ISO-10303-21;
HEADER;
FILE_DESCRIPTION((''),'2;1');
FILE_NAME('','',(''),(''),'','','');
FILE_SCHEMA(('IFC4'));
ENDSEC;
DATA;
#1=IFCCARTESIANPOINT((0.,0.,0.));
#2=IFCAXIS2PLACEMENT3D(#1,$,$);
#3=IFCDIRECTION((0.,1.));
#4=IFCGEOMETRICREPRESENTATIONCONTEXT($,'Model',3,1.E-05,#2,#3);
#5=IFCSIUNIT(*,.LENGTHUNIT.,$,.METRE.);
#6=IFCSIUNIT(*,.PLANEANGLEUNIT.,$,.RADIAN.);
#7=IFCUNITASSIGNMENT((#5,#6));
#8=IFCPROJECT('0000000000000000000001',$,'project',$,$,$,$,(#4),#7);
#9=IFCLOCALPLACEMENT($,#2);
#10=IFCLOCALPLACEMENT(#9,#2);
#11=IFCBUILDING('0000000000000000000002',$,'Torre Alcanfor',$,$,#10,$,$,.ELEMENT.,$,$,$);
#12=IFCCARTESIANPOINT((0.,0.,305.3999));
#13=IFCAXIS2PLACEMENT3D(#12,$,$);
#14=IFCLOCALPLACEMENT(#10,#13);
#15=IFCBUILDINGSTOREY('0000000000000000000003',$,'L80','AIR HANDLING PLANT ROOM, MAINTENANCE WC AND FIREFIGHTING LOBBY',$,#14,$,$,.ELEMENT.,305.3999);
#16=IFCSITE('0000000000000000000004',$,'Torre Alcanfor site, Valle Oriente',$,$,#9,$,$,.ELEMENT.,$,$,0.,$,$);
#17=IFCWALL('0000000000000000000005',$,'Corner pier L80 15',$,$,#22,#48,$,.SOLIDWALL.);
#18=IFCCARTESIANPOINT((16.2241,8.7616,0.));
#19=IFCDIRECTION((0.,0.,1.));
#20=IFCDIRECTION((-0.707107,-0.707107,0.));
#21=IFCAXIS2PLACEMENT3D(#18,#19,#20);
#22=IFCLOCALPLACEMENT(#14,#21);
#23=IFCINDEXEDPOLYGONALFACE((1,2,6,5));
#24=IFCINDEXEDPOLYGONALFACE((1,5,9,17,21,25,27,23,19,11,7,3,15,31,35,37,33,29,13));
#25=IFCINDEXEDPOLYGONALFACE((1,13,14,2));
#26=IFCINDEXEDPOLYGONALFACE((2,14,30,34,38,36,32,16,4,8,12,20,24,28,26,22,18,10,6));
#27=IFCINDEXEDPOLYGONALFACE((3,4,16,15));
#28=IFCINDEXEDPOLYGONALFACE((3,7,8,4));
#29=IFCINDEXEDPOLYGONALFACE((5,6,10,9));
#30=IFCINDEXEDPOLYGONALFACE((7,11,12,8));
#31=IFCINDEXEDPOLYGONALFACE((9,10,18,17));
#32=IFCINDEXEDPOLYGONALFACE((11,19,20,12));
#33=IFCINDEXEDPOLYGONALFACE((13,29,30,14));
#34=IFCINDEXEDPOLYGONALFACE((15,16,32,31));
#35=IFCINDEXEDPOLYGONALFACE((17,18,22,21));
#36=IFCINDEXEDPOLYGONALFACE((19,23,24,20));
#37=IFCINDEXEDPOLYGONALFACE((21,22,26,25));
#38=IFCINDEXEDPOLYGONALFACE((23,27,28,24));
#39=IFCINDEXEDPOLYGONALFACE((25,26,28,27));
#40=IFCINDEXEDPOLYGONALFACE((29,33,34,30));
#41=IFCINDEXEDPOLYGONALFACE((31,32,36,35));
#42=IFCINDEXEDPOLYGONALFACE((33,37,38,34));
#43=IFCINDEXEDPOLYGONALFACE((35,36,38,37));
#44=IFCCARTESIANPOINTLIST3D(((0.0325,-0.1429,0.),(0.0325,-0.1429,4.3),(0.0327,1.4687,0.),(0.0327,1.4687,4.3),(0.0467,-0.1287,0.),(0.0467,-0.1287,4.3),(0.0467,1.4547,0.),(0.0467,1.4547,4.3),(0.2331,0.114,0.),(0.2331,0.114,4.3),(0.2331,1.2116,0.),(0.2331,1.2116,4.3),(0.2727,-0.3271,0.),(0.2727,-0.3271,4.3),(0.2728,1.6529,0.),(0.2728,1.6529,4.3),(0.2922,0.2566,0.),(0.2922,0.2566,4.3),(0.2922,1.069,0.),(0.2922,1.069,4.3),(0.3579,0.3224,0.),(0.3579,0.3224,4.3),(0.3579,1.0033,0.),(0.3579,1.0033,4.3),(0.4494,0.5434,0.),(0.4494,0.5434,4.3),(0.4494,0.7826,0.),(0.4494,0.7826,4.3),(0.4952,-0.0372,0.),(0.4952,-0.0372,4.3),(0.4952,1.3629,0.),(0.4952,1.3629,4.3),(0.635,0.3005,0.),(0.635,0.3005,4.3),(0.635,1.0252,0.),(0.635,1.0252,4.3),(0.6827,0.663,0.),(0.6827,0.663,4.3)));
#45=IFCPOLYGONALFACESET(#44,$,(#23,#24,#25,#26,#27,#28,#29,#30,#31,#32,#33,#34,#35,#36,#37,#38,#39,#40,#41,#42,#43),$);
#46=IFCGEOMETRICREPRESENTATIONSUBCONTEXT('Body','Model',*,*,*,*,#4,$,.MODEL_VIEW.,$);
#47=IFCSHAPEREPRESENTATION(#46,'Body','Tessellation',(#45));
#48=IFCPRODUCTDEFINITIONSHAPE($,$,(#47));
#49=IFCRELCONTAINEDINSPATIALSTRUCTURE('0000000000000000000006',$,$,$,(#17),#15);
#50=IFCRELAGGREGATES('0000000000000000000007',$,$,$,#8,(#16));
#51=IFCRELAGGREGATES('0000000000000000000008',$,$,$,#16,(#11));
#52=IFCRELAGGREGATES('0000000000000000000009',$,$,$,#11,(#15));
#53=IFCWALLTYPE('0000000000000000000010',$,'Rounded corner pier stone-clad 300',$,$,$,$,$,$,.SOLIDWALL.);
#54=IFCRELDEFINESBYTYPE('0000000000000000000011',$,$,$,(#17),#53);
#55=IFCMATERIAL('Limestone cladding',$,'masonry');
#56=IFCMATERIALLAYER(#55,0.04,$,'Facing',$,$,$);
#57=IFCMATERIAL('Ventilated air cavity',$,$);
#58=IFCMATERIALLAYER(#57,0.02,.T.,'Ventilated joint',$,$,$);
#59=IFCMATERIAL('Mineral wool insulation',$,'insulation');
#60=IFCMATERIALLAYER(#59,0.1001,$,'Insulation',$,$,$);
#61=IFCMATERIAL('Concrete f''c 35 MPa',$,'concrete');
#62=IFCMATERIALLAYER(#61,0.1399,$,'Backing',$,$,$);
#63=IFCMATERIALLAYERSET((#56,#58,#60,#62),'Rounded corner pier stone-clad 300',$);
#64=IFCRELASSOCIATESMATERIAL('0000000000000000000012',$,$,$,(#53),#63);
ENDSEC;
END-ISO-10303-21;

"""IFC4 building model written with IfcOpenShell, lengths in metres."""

from ifc_helpers import new_model, si_unit, direction, frame, origin, place, context, subcontext, project, spatial, polyline, outline, extrude, material, layer, layer_set, type_object, element, save


model = new_model("IFC4")

# Units and contexts
model_context = context("Model", 3, precision=1e-05, world=origin(), true_north=direction((0.0, 1.0)))
body_context = subcontext(model_context, "Body", "Model", "MODEL_VIEW")
ifc_project = project(units=[si_unit("LENGTHUNIT", "METRE"), si_unit("PLANEANGLEUNIT", "RADIAN")], contexts=[model_context])

# Site, building, storey
site_placement = place(None, origin())
site = spatial("IfcSite", under=ifc_project, at=site_placement, Name="Torre Alcanfor site, Valle Oriente", CompositionType="ELEMENT", RefElevation=0.0)
building_placement = place(site_placement, origin())
building = spatial("IfcBuilding", under=site, at=building_placement, Name="Torre Alcanfor", CompositionType="ELEMENT")
storey_placement = place(building_placement, frame((0.0, 0.0, 305.3999)))
storey = spatial("IfcBuildingStorey", under=building, at=storey_placement, Name="L80", Description="AIR HANDLING PLANT ROOM, MAINTENANCE WC AND FIREFIGHTING LOBBY", CompositionType="ELEMENT", Elevation=305.3999)

# Wall
ifc_material_1 = material(Name="Limestone cladding", Category="masonry")
ifc_material_2 = material(Name="Ventilated air cavity")
ifc_material_3 = material(Name="Mineral wool insulation", Category="insulation")
ifc_material_4 = material(Name="Concrete f'c 35 MPa", Category="concrete")
ifc_layer_1 = layer(ifc_material_1, 0.04, Name="Facing")
ifc_layer_2 = layer(ifc_material_2, 0.02, ventilated=True, Name="Ventilated joint")
ifc_layer_3 = layer(ifc_material_3, 0.1001, Name="Insulation")
ifc_layer_4 = layer(ifc_material_4, 0.1399, Name="Backing")
ifc_layer_set_1 = layer_set([ifc_layer_1, ifc_layer_2, ifc_layer_3, ifc_layer_4], Name="Rounded corner pier stone-clad 300")
wall_type_1 = type_object("IfcWallType", Name="Rounded corner pier stone-clad 300", PredefinedType="SOLIDWALL", material=ifc_layer_set_1)
wall_1_placement = place(storey_placement, frame((16.2241, 8.7616, 0.0), z_axis=(0.0, 0.0, 1.0), x_axis=(-0.707107, -0.707107, 0.0)))
element("IfcWall", 1, at=wall_1_placement, inside=storey, type_object=wall_type_1, Name="Corner pier L80 15", PredefinedType="SOLIDWALL", context=body_context, shape_type="SweptSolid", body=[
    extrude(outline(polyline([(0.0327, 1.4687), (0.0467, 1.4547), (0.2331, 1.2116), (0.2922, 1.069), (0.3579, 1.0033), (0.4494, 0.7826), (0.4494, 0.5434), (0.3579, 0.3224), (0.2922, 0.2566), (0.2331, 0.114), (0.0467, -0.1287), (0.0325, -0.1429), (0.2727, -0.3271), (0.4952, -0.0372), (0.635, 0.3005), (0.6827, 0.663), (0.635, 1.0252), (0.4952, 1.3629), (0.2728, 1.6529), (0.0327, 1.4687)])), origin(), (0.0, 0.0, 1.0), 4.3),
])

save(model, "model.ifc")
